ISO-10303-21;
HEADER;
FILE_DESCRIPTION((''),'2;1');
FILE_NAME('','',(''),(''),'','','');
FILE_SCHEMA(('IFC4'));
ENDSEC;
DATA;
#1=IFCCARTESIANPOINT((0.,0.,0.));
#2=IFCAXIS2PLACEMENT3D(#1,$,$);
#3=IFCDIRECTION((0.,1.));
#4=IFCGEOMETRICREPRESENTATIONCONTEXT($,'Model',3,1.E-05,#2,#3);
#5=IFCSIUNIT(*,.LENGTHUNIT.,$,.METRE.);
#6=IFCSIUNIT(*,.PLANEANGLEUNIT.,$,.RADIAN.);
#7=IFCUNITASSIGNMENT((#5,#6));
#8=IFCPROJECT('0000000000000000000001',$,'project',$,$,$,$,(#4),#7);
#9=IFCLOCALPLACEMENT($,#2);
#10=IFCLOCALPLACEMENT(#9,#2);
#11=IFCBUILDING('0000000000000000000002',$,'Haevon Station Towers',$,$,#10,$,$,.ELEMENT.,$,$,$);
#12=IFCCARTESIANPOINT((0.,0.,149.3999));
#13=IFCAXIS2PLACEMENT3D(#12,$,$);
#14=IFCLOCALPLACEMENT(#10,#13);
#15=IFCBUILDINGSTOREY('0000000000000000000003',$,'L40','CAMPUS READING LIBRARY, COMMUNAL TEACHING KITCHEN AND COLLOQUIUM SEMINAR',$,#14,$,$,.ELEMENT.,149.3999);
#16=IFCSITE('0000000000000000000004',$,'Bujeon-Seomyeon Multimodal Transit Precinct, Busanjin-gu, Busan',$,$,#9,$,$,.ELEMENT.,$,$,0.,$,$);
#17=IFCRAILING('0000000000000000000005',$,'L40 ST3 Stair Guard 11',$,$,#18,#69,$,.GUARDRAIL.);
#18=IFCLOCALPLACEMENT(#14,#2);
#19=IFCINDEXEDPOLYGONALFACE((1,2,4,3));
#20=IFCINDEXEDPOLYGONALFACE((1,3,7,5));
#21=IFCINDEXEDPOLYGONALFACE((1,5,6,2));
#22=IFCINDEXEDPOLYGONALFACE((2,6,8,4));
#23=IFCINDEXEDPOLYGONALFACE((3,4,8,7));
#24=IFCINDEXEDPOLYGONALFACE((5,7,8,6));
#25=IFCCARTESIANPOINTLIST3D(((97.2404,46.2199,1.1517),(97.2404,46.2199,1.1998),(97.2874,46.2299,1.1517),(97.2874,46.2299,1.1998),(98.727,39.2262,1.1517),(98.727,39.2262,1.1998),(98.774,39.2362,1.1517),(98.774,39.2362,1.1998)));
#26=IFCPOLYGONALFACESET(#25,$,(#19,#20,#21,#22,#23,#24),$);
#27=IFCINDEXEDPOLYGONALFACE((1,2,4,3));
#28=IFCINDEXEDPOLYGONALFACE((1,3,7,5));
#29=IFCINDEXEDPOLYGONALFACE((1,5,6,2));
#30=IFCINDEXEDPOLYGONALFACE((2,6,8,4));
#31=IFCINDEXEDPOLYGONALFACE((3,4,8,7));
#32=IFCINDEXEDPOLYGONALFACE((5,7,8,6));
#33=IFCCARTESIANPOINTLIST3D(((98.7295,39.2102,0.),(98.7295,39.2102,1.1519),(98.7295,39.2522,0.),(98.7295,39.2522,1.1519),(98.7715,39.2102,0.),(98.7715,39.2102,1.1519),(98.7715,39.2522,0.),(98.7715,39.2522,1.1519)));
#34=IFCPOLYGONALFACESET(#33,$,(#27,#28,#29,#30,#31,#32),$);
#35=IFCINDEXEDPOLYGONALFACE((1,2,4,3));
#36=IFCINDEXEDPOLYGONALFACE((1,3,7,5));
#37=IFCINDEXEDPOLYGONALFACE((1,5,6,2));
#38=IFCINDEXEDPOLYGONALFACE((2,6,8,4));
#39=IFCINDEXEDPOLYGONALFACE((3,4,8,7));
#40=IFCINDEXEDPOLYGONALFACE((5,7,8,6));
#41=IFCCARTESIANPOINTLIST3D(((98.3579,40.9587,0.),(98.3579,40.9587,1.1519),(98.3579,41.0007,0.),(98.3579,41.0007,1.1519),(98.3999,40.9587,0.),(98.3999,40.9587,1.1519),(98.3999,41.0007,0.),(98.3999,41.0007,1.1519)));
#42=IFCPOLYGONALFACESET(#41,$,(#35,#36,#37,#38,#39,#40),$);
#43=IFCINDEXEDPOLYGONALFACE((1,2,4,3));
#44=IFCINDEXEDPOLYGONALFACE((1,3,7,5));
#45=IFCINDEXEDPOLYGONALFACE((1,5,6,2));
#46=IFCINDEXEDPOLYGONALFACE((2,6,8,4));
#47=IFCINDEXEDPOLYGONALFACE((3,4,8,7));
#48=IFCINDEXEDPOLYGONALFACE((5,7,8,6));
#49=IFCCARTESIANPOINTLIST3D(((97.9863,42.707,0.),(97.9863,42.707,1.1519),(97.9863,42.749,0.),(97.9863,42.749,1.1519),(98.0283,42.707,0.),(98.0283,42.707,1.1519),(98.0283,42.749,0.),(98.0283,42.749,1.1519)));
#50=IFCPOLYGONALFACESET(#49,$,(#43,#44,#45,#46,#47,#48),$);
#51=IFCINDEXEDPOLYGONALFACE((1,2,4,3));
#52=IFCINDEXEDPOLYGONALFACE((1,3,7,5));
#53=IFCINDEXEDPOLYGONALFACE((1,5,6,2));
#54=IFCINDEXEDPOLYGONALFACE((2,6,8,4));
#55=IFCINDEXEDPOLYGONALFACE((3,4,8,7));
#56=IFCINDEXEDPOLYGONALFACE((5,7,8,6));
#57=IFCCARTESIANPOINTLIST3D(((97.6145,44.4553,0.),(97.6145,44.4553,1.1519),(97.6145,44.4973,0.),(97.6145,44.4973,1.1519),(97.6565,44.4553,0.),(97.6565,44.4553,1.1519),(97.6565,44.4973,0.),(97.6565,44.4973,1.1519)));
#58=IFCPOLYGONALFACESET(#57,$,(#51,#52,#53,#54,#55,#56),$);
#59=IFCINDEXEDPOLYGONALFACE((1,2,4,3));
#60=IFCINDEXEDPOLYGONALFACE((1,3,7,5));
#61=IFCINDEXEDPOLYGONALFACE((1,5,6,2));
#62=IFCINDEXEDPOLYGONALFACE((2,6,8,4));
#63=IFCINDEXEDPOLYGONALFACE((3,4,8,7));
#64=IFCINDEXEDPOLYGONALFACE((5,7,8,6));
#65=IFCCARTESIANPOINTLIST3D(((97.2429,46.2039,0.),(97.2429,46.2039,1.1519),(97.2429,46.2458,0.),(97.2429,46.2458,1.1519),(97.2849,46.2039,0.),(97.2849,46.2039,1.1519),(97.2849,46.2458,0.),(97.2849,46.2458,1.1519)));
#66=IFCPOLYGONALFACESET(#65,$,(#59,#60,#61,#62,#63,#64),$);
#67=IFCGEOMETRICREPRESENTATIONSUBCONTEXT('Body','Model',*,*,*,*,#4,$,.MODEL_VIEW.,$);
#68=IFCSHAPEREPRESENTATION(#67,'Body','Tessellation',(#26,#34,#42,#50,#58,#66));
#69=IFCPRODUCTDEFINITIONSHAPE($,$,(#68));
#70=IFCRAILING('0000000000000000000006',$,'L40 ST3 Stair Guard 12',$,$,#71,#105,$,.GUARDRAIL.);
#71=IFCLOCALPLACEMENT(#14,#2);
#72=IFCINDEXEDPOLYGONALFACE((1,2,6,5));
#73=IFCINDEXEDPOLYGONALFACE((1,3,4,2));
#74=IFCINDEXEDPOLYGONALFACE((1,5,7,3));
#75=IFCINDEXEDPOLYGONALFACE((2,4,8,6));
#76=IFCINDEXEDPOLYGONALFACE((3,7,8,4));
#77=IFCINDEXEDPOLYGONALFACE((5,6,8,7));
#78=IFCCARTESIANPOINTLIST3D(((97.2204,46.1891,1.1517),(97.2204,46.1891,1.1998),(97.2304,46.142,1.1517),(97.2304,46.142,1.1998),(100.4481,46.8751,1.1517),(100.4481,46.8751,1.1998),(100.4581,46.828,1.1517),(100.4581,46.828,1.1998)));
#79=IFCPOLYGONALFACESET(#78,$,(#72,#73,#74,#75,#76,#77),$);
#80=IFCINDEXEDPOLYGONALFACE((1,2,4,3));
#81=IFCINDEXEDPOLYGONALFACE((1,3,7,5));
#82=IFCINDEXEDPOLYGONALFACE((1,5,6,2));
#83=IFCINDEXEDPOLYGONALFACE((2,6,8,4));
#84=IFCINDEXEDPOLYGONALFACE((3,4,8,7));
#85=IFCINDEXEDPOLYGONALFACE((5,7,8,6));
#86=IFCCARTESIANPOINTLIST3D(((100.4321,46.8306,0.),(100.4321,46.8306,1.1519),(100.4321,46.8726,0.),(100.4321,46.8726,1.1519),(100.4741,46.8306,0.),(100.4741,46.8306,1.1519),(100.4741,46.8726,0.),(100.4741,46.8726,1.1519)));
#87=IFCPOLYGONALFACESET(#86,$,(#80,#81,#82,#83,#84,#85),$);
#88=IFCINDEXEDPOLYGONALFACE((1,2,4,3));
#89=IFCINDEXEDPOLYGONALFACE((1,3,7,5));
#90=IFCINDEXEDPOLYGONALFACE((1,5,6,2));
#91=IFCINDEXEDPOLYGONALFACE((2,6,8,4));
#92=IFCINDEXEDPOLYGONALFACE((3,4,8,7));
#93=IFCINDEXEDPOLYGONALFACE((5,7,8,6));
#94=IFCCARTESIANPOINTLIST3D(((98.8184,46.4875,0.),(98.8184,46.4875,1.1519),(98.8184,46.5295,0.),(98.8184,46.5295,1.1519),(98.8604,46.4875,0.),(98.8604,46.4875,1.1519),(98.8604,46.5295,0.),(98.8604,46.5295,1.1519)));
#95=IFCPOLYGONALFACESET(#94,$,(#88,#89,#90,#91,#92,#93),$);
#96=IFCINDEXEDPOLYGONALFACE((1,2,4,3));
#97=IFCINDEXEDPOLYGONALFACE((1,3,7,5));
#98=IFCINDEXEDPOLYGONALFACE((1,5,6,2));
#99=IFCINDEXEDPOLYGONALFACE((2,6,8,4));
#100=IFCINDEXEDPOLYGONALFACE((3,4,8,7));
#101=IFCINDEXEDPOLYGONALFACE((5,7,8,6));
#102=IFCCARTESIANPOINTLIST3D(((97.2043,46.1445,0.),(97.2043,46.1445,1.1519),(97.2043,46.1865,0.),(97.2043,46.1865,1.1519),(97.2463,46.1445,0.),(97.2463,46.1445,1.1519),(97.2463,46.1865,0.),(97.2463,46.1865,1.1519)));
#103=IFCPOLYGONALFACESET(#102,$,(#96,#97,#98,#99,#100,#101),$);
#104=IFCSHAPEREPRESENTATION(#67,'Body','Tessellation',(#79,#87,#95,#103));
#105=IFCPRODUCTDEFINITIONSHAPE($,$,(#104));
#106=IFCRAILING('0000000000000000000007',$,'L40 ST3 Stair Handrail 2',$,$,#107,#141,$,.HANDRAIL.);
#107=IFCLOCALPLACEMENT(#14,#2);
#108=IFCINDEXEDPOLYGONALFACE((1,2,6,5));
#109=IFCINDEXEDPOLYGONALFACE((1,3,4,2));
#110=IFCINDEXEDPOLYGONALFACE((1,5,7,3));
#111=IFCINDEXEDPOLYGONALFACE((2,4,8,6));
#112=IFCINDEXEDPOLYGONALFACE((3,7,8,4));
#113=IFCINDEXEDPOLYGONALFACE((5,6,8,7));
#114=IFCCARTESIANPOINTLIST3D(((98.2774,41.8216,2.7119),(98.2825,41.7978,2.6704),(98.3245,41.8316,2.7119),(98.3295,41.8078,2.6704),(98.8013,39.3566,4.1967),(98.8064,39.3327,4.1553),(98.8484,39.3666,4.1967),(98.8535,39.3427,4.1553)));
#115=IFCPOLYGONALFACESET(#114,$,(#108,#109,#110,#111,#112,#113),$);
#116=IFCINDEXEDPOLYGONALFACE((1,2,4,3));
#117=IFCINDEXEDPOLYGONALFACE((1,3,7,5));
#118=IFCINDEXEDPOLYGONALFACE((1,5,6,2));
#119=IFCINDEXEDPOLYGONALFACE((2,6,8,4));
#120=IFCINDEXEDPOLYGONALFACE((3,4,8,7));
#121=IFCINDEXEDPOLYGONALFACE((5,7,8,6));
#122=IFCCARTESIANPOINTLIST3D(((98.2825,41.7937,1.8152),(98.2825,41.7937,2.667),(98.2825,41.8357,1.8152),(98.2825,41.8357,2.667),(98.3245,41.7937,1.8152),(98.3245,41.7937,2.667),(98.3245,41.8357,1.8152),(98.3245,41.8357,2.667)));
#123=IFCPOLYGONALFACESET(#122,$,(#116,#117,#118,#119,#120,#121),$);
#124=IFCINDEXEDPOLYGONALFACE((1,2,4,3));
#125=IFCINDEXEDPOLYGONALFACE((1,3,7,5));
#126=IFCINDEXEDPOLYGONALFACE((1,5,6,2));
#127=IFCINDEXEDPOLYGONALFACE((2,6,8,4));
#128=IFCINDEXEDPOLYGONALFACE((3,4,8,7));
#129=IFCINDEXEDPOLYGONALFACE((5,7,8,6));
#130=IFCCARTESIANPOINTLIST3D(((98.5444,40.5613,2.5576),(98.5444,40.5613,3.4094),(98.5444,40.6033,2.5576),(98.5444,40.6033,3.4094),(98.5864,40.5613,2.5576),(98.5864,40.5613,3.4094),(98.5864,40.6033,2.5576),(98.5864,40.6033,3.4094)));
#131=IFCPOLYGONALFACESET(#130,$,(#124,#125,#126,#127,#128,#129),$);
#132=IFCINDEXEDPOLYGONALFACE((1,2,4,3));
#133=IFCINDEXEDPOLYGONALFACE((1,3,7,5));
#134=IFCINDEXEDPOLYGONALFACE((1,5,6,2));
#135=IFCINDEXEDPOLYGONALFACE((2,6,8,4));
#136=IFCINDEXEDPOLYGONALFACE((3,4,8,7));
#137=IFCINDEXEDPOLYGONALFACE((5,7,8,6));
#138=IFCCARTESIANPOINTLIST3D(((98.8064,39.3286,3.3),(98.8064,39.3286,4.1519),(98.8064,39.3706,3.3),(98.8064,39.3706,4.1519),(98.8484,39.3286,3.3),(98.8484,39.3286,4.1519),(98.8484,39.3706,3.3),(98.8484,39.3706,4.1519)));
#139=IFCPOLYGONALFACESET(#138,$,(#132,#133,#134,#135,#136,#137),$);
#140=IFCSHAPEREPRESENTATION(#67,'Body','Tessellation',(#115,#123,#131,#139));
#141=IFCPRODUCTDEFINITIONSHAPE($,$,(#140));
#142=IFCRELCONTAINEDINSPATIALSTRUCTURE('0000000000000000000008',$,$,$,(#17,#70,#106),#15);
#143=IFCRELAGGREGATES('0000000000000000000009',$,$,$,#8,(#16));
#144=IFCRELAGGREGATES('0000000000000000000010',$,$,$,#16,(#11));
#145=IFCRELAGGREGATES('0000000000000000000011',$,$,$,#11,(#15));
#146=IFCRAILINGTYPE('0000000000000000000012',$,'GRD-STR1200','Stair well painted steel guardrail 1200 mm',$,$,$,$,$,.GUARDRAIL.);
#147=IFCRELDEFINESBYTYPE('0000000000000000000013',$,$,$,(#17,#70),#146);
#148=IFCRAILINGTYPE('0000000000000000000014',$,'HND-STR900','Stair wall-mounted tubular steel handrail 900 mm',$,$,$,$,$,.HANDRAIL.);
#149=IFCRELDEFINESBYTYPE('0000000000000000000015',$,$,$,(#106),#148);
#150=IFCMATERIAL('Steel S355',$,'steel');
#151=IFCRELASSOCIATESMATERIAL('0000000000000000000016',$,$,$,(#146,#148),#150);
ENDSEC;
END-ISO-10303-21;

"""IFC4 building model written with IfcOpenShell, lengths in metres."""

from ifc_helpers import new_model, si_unit, direction, frame, origin, origin_2d, place, context, subcontext, project, spatial, rectangle, extrude, material, type_object, element, save


model = new_model("IFC4")

# Units and contexts
model_context = context("Model", 3, precision=1e-05, world=origin(), true_north=direction((0.0, 1.0)))
body_context = subcontext(model_context, "Body", "Model", "MODEL_VIEW")
ifc_project = project(units=[si_unit("LENGTHUNIT", "METRE"), si_unit("PLANEANGLEUNIT", "RADIAN")], contexts=[model_context])

# Site, building, storey
site_placement = place(None, origin())
site = spatial("IfcSite", under=ifc_project, at=site_placement, Name="Bujeon-Seomyeon Multimodal Transit Precinct, Busanjin-gu, Busan", CompositionType="ELEMENT", RefElevation=0.0)
building_placement = place(site_placement, origin())
building = spatial("IfcBuilding", under=site, at=building_placement, Name="Haevon Station Towers", CompositionType="ELEMENT")
storey_placement = place(building_placement, frame((0.0, 0.0, 149.3999)))
storey = spatial("IfcBuildingStorey", under=building, at=storey_placement, Name="L40", Description="CAMPUS READING LIBRARY, COMMUNAL TEACHING KITCHEN AND COLLOQUIUM SEMINAR", CompositionType="ELEMENT", Elevation=149.3999)

# Shared definitions
ifc_material_1 = material(Name="Steel S355", Category="steel")

# Railings
railing_type_1 = type_object("IfcRailingType", Name="GRD-STR1200", Description="Stair well painted steel guardrail 1200 mm", PredefinedType="GUARDRAIL", material=ifc_material_1)
railing_1_placement = place(storey_placement, frame((98.7505, 39.2312, 0.0)))
element("IfcRailing", 1, at=railing_1_placement, inside=storey, type_object=railing_type_1, Name="L40 ST3 Stair Guard 11", PredefinedType="GUARDRAIL", context=body_context, shape_type="SweptSolid", body=[
    extrude(rectangle(XDim=0.0481, YDim=0.0481, at=origin_2d()), frame((0.0, 0.0, 1.1758), z_axis=(-0.207915, 0.978147, 0.0), x_axis=(-0.978147, -0.207915, 0.0)), (0.0, 0.0, 1.0), 7.1499),
    extrude(rectangle(XDim=0.042, YDim=0.042, at=origin_2d()), origin(), (0.0, 0.0, 1.0), 1.1519),
    extrude(rectangle(XDim=0.042, YDim=0.042, at=origin_2d()), frame((-0.3716, 1.7485, 0.0)), (0.0, 0.0, 1.0), 1.1519),
    extrude(rectangle(XDim=0.042, YDim=0.042, at=origin_2d()), frame((-0.7432, 3.4968, 0.0)), (0.0, 0.0, 1.0), 1.1519),
    extrude(rectangle(XDim=0.042, YDim=0.042, at=origin_2d()), frame((-1.115, 5.2451, 0.0)), (0.0, 0.0, 1.0), 1.1519),
    extrude(rectangle(XDim=0.042, YDim=0.042, at=origin_2d()), frame((-1.4866, 6.9937, 0.0)), (0.0, 0.0, 1.0), 1.1519),
])
railing_2_placement = place(storey_placement, frame((100.4531, 46.8516, 0.0)))
element("IfcRailing", 2, at=railing_2_placement, inside=storey, type_object=railing_type_1, Name="L40 ST3 Stair Guard 12", PredefinedType="GUARDRAIL", context=body_context, shape_type="SweptSolid", body=[
    extrude(rectangle(XDim=0.0481, YDim=0.0481, at=origin_2d()), frame((0.0, 0.0, 1.1758), z_axis=(-0.978151, -0.207897, 0.0), x_axis=(0.207897, -0.978151, 0.0)), (0.0, 0.0, 1.0), 3.2998),
    extrude(rectangle(XDim=0.042, YDim=0.042, at=origin_2d()), origin(), (0.0, 0.0, 1.0), 1.1519),
    extrude(rectangle(XDim=0.042, YDim=0.042, at=origin_2d()), frame((-1.6138, -0.343, 0.0)), (0.0, 0.0, 1.0), 1.1519),
    extrude(rectangle(XDim=0.042, YDim=0.042, at=origin_2d()), frame((-3.2278, -0.686, 0.0)), (0.0, 0.0, 1.0), 1.1519),
])
railing_type_2 = type_object("IfcRailingType", Name="HND-STR900", Description="Stair wall-mounted tubular steel handrail 900 mm", PredefinedType="HANDRAIL", material=ifc_material_1)
railing_3_placement = place(storey_placement, frame((98.3035, 41.8147, 1.8152)))
element("IfcRailing", 3, at=railing_3_placement, inside=storey, type_object=railing_type_2, Name="L40 ST3 Stair Handrail 2", PredefinedType="HANDRAIL", context=body_context, shape_type="SweptSolid", body=[
    extrude(rectangle(XDim=0.0481, YDim=0.0481, at=origin_2d()), frame((0.0, 0.0, 0.876), z_axis=(0.179116, -0.842748, 0.507635), x_axis=(0.978151, 0.207895, 0.0)), (0.0, 0.0, 1.0), 2.925),
    extrude(rectangle(XDim=0.042, YDim=0.042, at=origin_2d()), origin(), (0.0, 0.0, 1.0), 0.8518),
    extrude(rectangle(XDim=0.042, YDim=0.042, at=origin_2d()), frame((0.262, -1.2324, 0.7424)), (0.0, 0.0, 1.0), 0.8518),
    extrude(rectangle(XDim=0.042, YDim=0.042, at=origin_2d()), frame((0.5239, -2.4651, 1.4849)), (0.0, 0.0, 1.0), 0.8518),
])

save(model, "model.ifc")
